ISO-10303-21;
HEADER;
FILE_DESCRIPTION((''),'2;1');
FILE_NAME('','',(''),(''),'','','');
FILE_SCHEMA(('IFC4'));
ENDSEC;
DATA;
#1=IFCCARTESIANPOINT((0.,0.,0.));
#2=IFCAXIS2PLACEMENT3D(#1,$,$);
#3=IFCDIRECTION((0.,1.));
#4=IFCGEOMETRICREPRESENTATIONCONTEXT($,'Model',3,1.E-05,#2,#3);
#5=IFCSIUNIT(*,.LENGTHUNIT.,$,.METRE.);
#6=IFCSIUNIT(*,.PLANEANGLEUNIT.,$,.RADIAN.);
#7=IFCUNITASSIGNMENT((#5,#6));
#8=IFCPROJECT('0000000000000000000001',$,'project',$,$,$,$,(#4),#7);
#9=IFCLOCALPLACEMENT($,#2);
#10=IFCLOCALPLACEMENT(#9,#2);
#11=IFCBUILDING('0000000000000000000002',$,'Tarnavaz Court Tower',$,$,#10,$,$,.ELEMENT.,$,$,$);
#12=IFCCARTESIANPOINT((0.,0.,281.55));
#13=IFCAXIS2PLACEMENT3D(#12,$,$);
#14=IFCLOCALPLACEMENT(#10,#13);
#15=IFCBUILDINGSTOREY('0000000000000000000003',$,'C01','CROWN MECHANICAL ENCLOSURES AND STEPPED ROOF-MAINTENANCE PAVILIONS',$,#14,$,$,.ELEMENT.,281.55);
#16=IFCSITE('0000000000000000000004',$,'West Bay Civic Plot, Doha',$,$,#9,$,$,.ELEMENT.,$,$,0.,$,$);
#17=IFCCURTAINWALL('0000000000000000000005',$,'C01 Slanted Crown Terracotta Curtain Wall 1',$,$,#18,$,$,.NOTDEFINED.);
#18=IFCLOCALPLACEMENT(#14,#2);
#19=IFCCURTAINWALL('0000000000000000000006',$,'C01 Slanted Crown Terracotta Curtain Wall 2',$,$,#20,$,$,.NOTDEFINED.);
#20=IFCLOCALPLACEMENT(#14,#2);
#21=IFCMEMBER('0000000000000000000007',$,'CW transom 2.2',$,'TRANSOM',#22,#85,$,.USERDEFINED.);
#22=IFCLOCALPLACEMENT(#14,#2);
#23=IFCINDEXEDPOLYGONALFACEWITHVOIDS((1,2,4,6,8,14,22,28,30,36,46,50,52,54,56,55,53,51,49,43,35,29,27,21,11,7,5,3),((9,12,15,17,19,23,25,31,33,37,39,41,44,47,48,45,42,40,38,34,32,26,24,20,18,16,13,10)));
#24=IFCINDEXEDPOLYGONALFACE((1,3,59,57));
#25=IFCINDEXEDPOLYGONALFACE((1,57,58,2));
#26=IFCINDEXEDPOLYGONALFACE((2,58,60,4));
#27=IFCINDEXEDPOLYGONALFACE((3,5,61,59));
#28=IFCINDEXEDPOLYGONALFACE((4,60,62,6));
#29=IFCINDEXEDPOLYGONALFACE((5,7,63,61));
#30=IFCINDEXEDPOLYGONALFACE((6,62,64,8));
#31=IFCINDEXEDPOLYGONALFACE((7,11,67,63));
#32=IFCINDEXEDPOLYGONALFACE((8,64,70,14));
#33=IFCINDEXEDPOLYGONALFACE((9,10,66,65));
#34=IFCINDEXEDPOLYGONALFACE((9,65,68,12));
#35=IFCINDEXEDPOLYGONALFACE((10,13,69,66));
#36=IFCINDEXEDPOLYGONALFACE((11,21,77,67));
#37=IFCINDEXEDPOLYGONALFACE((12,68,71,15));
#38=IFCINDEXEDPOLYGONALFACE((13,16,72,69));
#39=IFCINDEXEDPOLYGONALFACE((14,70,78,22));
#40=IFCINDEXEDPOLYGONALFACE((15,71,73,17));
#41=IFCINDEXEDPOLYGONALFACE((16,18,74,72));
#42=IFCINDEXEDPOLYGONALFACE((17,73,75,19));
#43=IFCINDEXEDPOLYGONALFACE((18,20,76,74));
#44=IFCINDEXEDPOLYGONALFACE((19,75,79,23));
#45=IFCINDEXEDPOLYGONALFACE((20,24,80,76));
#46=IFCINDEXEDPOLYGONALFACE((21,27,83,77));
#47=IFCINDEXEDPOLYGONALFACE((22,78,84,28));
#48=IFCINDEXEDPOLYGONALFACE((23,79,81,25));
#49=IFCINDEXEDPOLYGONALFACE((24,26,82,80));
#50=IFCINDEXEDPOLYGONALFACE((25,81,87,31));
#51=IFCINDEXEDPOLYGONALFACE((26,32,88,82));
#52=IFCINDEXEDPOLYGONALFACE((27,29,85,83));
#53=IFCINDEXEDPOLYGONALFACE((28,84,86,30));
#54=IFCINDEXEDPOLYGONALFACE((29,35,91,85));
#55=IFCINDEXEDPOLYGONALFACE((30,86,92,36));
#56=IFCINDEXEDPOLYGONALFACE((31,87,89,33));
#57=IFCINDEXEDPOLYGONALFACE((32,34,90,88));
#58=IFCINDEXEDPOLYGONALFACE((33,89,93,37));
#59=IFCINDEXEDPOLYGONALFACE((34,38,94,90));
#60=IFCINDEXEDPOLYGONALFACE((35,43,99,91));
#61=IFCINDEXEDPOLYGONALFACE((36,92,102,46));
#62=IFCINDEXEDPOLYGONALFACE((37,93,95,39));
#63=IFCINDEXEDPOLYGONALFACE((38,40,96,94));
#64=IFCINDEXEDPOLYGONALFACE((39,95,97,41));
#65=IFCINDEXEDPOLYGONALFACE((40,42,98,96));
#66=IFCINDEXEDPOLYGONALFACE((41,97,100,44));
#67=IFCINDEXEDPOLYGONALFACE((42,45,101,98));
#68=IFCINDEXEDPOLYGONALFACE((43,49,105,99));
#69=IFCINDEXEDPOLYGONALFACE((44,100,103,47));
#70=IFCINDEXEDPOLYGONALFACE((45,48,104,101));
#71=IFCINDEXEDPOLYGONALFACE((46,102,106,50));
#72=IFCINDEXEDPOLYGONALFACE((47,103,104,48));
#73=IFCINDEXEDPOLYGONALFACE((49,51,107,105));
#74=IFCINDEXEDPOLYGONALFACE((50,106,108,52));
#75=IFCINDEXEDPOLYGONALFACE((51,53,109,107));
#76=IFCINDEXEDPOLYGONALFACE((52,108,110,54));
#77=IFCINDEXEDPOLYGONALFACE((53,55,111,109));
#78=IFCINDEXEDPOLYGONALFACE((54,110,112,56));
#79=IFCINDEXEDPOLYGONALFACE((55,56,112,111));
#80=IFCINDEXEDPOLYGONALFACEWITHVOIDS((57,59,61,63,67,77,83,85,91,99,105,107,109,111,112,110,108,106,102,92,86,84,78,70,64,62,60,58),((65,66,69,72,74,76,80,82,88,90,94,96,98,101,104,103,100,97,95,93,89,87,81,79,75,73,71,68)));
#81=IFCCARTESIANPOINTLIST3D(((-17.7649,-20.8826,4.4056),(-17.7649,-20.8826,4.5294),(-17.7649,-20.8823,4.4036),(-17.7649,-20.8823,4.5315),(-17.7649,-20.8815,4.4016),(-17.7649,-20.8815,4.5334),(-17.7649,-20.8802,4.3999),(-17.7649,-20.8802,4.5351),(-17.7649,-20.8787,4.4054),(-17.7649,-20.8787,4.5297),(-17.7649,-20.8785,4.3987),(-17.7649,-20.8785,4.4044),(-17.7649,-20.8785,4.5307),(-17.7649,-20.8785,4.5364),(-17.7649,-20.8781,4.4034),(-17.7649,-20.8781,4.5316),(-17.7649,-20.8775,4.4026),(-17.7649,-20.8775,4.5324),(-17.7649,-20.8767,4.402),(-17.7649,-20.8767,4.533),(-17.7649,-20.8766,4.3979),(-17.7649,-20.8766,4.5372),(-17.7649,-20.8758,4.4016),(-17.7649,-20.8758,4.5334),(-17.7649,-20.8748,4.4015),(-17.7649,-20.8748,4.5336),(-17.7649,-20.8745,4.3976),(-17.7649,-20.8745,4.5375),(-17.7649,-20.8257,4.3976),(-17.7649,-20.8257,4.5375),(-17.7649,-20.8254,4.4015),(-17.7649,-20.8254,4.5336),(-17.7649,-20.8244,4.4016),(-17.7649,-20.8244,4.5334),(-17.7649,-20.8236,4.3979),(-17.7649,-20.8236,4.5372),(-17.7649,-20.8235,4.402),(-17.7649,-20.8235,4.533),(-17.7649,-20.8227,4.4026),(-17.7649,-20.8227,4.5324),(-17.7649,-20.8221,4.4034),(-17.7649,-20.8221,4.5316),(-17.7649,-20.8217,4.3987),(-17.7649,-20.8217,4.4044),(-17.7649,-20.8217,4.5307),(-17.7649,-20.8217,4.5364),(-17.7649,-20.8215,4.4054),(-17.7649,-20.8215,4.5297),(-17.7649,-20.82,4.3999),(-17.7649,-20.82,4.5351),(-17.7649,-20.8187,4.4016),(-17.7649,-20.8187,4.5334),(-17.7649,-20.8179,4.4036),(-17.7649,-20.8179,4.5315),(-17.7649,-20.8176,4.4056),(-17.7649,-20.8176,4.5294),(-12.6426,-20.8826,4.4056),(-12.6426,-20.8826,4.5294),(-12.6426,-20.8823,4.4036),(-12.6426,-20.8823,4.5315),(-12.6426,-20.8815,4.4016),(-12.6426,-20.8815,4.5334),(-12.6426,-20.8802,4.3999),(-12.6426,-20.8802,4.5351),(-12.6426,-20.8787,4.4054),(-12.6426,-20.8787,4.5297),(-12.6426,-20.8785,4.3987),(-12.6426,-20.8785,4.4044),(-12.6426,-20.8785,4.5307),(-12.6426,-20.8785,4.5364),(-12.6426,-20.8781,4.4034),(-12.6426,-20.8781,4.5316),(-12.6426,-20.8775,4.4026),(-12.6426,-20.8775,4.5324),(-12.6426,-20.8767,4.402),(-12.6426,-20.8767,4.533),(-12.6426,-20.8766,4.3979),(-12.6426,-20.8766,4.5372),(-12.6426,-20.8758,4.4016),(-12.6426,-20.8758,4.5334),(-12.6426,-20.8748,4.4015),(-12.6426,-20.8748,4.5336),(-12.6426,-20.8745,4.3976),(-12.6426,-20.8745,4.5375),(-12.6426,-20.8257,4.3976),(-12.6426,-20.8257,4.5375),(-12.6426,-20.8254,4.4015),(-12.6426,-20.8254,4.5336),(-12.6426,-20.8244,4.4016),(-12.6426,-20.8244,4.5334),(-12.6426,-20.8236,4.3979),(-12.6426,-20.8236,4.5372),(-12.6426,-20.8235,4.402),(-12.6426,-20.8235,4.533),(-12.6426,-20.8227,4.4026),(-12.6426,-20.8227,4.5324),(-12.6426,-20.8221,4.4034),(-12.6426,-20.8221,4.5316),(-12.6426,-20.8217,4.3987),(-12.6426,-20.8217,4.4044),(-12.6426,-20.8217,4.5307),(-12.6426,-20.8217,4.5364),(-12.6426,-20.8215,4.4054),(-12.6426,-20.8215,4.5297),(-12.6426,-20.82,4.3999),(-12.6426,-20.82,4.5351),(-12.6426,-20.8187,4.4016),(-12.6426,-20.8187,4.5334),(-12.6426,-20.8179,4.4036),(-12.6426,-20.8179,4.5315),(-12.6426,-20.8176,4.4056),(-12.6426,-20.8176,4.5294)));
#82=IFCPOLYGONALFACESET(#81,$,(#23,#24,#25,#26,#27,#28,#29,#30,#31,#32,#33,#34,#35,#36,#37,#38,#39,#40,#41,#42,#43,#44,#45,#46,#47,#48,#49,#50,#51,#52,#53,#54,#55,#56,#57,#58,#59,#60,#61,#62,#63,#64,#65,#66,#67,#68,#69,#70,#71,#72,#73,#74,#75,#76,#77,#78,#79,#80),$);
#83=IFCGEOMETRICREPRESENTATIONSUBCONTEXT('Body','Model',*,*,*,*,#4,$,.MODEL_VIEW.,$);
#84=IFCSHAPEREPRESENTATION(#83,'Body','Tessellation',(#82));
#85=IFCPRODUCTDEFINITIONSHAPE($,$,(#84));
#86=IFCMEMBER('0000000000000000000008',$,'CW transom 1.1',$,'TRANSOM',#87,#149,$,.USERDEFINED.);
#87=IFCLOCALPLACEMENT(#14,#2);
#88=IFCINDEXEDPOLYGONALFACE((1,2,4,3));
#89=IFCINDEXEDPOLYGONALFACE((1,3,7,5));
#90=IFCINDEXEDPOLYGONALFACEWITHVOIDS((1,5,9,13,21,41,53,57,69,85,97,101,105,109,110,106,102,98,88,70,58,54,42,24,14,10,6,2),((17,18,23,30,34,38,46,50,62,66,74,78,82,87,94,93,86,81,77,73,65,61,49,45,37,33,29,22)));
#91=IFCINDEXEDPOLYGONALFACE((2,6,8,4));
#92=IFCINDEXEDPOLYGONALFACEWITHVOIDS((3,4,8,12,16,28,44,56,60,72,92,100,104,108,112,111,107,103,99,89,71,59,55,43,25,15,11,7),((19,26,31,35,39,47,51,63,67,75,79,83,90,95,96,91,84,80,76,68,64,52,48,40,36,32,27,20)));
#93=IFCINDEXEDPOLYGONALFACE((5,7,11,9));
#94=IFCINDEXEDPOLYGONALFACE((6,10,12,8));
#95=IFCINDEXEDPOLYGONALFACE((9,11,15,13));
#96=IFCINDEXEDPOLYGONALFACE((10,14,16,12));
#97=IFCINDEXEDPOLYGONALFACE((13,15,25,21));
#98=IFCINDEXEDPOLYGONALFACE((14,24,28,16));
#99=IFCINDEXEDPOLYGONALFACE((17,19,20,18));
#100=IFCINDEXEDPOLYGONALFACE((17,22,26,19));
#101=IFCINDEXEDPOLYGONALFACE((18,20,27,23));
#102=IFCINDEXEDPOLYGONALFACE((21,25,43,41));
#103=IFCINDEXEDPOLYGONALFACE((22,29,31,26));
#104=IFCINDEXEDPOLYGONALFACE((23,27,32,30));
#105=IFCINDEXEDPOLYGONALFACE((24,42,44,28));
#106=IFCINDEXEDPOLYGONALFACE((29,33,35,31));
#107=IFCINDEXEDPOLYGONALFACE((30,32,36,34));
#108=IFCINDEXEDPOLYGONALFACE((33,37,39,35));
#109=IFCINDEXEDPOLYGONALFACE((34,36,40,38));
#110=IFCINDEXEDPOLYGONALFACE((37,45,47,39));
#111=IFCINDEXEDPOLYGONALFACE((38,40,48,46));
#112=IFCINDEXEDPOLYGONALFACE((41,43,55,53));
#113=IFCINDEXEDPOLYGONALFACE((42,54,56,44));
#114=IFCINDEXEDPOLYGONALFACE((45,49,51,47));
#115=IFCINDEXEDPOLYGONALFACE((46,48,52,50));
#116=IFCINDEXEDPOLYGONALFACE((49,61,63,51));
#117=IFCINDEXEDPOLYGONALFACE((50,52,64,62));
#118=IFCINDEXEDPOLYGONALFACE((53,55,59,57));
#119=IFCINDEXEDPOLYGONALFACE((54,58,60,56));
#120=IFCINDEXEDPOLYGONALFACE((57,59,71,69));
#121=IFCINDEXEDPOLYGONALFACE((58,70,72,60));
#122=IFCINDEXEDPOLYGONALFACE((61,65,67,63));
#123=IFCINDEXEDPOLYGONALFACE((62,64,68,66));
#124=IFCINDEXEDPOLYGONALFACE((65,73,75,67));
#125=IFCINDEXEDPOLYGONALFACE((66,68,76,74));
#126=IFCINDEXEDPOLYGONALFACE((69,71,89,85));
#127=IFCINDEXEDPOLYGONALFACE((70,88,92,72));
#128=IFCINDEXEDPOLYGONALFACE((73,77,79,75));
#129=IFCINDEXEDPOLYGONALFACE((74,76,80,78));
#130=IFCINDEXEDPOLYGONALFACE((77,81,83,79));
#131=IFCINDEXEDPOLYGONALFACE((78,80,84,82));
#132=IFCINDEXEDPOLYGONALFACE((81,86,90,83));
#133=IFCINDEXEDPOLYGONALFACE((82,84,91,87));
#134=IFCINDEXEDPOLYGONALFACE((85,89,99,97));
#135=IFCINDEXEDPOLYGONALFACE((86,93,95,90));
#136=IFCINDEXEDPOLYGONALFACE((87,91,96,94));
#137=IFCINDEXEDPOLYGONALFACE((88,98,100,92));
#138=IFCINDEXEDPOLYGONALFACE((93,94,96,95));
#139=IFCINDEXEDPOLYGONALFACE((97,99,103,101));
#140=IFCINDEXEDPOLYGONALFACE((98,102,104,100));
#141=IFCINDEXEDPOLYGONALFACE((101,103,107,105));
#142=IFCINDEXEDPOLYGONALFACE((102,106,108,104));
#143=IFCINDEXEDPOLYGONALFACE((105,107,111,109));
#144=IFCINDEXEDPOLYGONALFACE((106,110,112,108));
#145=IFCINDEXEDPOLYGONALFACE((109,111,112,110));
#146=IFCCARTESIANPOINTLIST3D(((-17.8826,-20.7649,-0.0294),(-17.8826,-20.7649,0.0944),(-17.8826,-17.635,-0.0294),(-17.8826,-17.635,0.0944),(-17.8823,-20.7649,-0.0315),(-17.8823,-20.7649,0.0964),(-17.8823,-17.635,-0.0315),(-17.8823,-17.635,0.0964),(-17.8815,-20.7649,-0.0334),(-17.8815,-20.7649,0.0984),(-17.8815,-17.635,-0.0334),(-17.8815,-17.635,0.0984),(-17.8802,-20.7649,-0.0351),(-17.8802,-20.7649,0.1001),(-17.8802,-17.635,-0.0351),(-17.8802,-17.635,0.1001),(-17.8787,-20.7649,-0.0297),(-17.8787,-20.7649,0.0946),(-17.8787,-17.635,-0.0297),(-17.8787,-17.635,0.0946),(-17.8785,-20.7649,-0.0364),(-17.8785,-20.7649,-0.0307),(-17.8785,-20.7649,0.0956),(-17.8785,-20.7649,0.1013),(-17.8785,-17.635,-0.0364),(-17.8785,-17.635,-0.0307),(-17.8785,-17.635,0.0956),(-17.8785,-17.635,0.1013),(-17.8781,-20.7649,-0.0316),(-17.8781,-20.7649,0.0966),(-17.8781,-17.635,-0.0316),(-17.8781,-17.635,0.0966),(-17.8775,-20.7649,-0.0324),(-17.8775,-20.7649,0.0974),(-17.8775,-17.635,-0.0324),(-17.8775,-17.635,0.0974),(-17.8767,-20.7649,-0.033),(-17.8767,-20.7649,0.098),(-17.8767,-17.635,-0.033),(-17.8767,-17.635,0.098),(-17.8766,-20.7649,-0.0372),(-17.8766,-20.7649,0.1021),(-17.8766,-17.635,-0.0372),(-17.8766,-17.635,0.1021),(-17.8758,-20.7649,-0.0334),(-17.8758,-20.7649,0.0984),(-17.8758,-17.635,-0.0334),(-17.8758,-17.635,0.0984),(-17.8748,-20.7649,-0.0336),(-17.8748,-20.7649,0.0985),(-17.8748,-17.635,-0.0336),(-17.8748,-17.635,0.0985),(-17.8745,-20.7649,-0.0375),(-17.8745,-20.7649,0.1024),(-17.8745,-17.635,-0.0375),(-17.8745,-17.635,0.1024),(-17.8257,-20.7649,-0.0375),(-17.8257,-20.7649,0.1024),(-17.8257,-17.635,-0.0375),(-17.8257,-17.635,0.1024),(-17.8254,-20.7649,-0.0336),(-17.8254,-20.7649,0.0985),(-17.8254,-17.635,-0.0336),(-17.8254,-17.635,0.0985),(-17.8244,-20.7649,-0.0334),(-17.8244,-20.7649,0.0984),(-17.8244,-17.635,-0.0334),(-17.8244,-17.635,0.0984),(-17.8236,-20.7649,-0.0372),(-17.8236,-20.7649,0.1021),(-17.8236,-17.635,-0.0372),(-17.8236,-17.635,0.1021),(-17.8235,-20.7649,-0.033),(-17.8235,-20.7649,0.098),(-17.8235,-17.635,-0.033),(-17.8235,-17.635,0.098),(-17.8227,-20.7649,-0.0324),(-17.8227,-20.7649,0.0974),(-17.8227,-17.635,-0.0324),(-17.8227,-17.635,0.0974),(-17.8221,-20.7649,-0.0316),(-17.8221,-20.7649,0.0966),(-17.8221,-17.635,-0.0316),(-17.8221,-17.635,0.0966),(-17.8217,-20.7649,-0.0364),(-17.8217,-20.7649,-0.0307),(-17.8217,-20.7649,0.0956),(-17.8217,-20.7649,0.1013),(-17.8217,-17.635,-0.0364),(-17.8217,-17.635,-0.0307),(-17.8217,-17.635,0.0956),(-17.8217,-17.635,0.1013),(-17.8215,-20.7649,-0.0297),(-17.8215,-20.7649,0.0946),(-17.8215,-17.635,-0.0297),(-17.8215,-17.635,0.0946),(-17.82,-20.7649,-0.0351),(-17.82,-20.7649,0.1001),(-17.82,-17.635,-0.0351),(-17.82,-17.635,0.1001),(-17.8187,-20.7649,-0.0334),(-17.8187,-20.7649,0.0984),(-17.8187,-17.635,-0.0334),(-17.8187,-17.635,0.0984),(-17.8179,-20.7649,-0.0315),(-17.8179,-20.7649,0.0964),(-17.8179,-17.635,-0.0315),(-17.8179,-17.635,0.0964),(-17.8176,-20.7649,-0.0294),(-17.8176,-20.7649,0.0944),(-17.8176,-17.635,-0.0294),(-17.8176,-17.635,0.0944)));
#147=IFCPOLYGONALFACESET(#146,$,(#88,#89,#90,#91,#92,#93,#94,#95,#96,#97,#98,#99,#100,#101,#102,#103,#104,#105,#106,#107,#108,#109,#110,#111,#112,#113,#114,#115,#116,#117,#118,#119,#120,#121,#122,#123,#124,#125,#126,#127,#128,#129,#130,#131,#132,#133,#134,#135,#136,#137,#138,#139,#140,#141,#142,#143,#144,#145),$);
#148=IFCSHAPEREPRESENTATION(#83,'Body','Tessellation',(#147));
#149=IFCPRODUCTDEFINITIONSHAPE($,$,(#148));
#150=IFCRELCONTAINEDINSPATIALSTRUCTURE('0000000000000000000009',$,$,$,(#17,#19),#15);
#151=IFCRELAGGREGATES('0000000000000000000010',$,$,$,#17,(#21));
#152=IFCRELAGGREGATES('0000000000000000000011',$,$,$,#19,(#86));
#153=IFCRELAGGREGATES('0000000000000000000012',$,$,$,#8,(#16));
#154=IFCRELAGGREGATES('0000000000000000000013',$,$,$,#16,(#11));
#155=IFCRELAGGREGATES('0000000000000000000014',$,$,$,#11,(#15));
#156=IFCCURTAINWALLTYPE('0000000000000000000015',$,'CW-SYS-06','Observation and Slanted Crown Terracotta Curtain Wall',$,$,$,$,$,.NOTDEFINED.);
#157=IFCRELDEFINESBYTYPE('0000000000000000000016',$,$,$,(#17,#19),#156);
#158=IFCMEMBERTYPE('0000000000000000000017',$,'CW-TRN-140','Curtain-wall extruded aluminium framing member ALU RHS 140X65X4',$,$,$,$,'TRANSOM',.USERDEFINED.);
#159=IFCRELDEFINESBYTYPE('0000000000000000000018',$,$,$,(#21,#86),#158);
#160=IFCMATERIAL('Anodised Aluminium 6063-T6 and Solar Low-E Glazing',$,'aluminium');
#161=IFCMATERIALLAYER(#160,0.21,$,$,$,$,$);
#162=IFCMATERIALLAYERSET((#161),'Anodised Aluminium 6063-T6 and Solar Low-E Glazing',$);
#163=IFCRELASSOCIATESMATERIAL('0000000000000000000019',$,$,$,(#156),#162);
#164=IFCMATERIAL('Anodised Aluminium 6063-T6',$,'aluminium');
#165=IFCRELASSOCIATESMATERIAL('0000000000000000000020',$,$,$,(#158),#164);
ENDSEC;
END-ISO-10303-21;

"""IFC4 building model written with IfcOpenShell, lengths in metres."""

from ifc_helpers import new_model, si_unit, direction, frame, origin, origin_2d, place, context, subcontext, project, spatial, hollow_rectangle, extrude, material, layer, layer_set, material_profile, profile_set, type_object, element, aggregate, save


model = new_model("IFC4")

# Units and contexts
model_context = context("Model", 3, precision=1e-05, world=origin(), true_north=direction((0.0, 1.0)))
body_context = subcontext(model_context, "Body", "Model", "MODEL_VIEW")
ifc_project = project(units=[si_unit("LENGTHUNIT", "METRE"), si_unit("PLANEANGLEUNIT", "RADIAN")], contexts=[model_context])

# Site, building, storey
site_placement = place(None, origin())
site = spatial("IfcSite", under=ifc_project, at=site_placement, Name="West Bay Civic Plot, Doha", CompositionType="ELEMENT", RefElevation=0.0)
building_placement = place(site_placement, origin())
building = spatial("IfcBuilding", under=site, at=building_placement, Name="Tarnavaz Court Tower", CompositionType="ELEMENT")
storey_placement = place(building_placement, frame((0.0, 0.0, 281.55)))
storey = spatial("IfcBuildingStorey", under=building, at=storey_placement, Name="C01", Description="CROWN MECHANICAL ENCLOSURES AND STEPPED ROOF-MAINTENANCE PAVILIONS", CompositionType="ELEMENT", Elevation=281.55)

# Curtain walls
ifc_material_1 = material(Name="Anodised Aluminium 6063-T6 and Solar Low-E Glazing", Category="aluminium")
ifc_layer_1 = layer(ifc_material_1, 0.21)
ifc_layer_set_1 = layer_set([ifc_layer_1], Name="Anodised Aluminium 6063-T6 and Solar Low-E Glazing")
curtain_wall_type = type_object("IfcCurtainWallType", Name="CW-SYS-06", Description="Observation and Slanted Crown Terracotta Curtain Wall", PredefinedType="NOTDEFINED", material=ifc_layer_set_1)
curtain_wall_1_placement = place(storey_placement, origin())
curtain_wall_1 = element("IfcCurtainWall", 1, at=curtain_wall_1_placement, inside=storey, type_object=curtain_wall_type, Name="C01 Slanted Crown Terracotta Curtain Wall 1", PredefinedType="NOTDEFINED")
ifc_material_2 = material(Name="Anodised Aluminium 6063-T6", Category="aluminium")
curtain_wall_2_placement = place(storey_placement, origin())
curtain_wall_2 = element("IfcCurtainWall", 2, at=curtain_wall_2_placement, inside=storey, type_object=curtain_wall_type, Name="C01 Slanted Crown Terracotta Curtain Wall 2", PredefinedType="NOTDEFINED")

# Members
ifc_material_profile_1 = material_profile(ifc_material_2, hollow_rectangle(XDim=0.0649, YDim=0.1399, WallThickness=0.0039, InnerFilletRadius=0.0039, OuterFilletRadius=0.0081, at=origin_2d()), Name="ALU RHS 140X65X4")
ifc_profile_set_1 = profile_set([ifc_material_profile_1], Name="Anodised Aluminium 6063-T6")
member_type_1 = type_object("IfcMemberType", Name="CW-TRN-140", Description="Curtain-wall extruded aluminium framing member ALU RHS 140X65X4", ElementType="TRANSOM", PredefinedType="USERDEFINED", material=ifc_profile_set_1)
member_1_placement = place(storey_placement, frame((-12.6426, -20.8501, 4.4675), z_axis=(-1.0, 0.0, 0.0), x_axis=(0.0, -1.0, 0.0)))
member_1 = element("IfcMember", 3, at=member_1_placement, type_object=member_type_1, Name="CW transom 2.2", ObjectType="TRANSOM", PredefinedType="USERDEFINED", context=body_context, shape_type="SweptSolid", body=[
    extrude(hollow_rectangle(XDim=0.0649, YDim=0.1399, WallThickness=0.0039, InnerFilletRadius=0.0039, OuterFilletRadius=0.0081, at=origin_2d()), origin(), (0.0, 0.0, 1.0), 5.1223),
])
member_2_placement = place(storey_placement, frame((-17.8501, -20.7649, 0.0325), z_axis=(0.0, 1.0, 0.0), x_axis=(-1.0, 0.0, 0.0)))
member_2 = element("IfcMember", 4, at=member_2_placement, type_object=member_type_1, Name="CW transom 1.1", ObjectType="TRANSOM", PredefinedType="USERDEFINED", context=body_context, shape_type="SweptSolid", body=[
    extrude(hollow_rectangle(XDim=0.0649, YDim=0.1399, WallThickness=0.0039, InnerFilletRadius=0.0039, OuterFilletRadius=0.0081, at=origin_2d()), origin(), (0.0, 0.0, 1.0), 3.1299),
])

aggregate(curtain_wall_1, [member_1])
aggregate(curtain_wall_2, [member_2])

save(model, "model.ifc")
